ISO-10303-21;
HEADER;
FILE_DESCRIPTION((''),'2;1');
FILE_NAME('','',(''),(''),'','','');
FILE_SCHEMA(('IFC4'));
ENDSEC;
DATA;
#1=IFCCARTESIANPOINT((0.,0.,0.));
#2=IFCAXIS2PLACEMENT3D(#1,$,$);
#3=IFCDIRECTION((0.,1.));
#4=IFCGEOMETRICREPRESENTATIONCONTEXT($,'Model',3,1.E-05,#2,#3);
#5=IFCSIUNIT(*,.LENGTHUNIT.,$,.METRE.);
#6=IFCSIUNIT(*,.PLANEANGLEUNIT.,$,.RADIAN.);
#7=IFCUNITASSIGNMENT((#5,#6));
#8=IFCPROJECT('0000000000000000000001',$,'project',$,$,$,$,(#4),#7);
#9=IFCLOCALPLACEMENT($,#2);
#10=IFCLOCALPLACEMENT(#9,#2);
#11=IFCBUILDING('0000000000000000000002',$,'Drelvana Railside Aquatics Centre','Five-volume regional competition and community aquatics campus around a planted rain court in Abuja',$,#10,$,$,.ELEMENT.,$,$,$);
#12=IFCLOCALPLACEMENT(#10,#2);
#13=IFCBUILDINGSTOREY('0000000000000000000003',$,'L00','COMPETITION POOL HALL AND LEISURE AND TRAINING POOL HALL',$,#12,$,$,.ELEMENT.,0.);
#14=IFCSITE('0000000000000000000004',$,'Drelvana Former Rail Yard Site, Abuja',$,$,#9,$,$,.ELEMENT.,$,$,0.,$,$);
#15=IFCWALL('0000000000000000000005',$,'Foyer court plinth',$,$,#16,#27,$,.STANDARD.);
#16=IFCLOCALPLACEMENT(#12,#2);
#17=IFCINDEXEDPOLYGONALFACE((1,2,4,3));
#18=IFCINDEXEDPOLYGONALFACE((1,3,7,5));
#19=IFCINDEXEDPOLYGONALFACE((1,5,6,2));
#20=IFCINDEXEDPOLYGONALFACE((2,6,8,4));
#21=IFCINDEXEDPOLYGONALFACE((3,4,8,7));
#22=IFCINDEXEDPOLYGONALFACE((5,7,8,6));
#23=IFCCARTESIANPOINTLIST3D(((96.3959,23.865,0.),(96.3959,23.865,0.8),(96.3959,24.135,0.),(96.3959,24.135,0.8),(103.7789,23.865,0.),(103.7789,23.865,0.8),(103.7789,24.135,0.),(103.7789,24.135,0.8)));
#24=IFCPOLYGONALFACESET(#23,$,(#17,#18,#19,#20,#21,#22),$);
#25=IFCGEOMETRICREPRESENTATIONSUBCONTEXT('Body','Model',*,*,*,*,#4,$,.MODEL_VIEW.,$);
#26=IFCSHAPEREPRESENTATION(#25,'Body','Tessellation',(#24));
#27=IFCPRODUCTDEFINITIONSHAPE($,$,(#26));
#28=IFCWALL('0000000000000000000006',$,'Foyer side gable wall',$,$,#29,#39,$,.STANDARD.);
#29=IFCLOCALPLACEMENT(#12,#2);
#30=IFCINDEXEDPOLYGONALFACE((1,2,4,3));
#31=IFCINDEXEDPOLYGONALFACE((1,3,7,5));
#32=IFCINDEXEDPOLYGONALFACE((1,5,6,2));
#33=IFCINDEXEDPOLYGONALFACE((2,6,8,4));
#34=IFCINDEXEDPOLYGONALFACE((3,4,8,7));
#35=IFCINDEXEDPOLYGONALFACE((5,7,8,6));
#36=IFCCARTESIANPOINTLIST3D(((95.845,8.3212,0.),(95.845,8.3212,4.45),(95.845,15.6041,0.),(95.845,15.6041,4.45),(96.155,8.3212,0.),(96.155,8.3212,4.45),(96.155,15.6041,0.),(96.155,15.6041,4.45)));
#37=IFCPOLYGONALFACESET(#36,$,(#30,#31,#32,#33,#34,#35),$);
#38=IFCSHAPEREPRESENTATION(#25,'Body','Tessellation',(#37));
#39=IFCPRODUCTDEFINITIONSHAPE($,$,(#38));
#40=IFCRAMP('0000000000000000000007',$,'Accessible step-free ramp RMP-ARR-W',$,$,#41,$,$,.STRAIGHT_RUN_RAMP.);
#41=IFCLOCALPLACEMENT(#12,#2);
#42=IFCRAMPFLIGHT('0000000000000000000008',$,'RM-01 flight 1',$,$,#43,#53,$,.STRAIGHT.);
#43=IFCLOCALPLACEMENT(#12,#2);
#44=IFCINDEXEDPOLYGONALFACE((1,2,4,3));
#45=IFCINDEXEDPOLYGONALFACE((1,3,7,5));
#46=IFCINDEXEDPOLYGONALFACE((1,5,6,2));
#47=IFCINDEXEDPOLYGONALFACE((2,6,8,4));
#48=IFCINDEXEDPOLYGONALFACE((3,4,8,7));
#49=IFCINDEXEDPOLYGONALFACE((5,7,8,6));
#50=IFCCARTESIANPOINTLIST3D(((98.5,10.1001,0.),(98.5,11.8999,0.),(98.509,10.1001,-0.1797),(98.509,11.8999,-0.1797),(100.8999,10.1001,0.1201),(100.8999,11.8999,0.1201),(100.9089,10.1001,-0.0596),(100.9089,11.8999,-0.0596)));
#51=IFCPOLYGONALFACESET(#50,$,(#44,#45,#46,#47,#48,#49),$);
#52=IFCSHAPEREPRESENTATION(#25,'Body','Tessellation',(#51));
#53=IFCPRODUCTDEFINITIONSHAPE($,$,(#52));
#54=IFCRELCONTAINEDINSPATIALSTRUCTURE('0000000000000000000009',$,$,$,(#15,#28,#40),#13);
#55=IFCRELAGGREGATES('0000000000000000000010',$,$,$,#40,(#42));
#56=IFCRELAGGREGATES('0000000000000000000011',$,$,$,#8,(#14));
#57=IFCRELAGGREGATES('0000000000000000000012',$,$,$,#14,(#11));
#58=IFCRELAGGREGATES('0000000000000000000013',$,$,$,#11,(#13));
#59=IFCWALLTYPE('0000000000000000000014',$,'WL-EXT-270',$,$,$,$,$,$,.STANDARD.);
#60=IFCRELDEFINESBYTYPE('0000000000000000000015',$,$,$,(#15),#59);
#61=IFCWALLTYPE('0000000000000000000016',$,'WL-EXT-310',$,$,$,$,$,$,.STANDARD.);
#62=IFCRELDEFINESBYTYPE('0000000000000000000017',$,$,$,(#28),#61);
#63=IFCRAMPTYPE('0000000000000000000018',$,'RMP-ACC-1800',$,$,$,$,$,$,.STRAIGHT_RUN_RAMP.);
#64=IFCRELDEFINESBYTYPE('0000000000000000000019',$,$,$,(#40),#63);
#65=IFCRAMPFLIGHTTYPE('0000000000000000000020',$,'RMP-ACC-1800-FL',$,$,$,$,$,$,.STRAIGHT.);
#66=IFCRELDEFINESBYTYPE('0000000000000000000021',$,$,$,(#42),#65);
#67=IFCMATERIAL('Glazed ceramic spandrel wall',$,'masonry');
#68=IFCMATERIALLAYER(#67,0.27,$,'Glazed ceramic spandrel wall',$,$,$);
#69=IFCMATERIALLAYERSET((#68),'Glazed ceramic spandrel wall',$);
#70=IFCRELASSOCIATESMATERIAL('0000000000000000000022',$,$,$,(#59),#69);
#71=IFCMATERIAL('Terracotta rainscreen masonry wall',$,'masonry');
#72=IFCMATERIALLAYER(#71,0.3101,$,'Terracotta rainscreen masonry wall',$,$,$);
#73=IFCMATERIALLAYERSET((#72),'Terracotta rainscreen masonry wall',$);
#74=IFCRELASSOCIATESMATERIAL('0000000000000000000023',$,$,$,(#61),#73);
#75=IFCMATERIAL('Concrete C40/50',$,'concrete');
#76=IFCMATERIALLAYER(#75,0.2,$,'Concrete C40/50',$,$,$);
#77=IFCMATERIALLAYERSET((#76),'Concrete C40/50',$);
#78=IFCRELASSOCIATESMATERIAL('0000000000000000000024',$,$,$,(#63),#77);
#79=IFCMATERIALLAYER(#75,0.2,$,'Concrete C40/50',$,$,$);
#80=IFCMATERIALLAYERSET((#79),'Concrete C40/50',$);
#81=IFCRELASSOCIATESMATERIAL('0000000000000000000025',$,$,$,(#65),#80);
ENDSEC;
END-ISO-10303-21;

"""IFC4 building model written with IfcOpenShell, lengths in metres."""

from ifc_helpers import new_model, si_unit, direction, frame, frame_2d, origin, place, context, subcontext, project, spatial, polyline, rectangle, outline, extrude, material, layer, layer_set, type_object, element, aggregate, save


model = new_model("IFC4")

# Units and contexts
model_context = context("Model", 3, precision=1e-05, world=origin(), true_north=direction((0.0, 1.0)))
body_context = subcontext(model_context, "Body", "Model", "MODEL_VIEW")
ifc_project = project(units=[si_unit("LENGTHUNIT", "METRE"), si_unit("PLANEANGLEUNIT", "RADIAN")], contexts=[model_context])

# Site, building, storey
site_placement = place(None, origin())
site = spatial("IfcSite", under=ifc_project, at=site_placement, Name="Drelvana Former Rail Yard Site, Abuja", CompositionType="ELEMENT", RefElevation=0.0)
building_placement = place(site_placement, origin())
building = spatial("IfcBuilding", under=site, at=building_placement, Name="Drelvana Railside Aquatics Centre", Description="Five-volume regional competition and community aquatics campus around a planted rain court in Abuja", CompositionType="ELEMENT")
storey_placement = place(building_placement, origin())
storey = spatial("IfcBuildingStorey", under=building, at=storey_placement, Name="L00", Description="COMPETITION POOL HALL AND LEISURE AND TRAINING POOL HALL", CompositionType="ELEMENT", Elevation=0.0)

# Shared definitions
ifc_material_1 = material(Name="Concrete C40/50", Category="concrete")

# Walls
ifc_material_2 = material(Name="Glazed ceramic spandrel wall", Category="masonry")
ifc_layer_1 = layer(ifc_material_2, 0.27, Name="Glazed ceramic spandrel wall")
ifc_layer_set_1 = layer_set([ifc_layer_1], Name="Glazed ceramic spandrel wall")
wall_type_1 = type_object("IfcWallType", Name="WL-EXT-270", PredefinedType="STANDARD", material=ifc_layer_set_1)
wall_1_placement = place(storey_placement, frame((96.396, 24.0, 0.0), z_axis=(0.0, 0.0, 1.0), x_axis=(1.0, 0.0, 0.0)))
element("IfcWall", 1, at=wall_1_placement, inside=storey, type_object=wall_type_1, Name="Foyer court plinth", PredefinedType="STANDARD", context=body_context, shape_type="SweptSolid", body=[
    extrude(rectangle(XDim=7.3831, YDim=0.27, at=frame_2d((3.6914, 0.0))), origin(), (0.0, 0.0, 1.0), 0.8),
])
ifc_material_3 = material(Name="Terracotta rainscreen masonry wall", Category="masonry")
ifc_layer_2 = layer(ifc_material_3, 0.3101, Name="Terracotta rainscreen masonry wall")
ifc_layer_set_2 = layer_set([ifc_layer_2], Name="Terracotta rainscreen masonry wall")
wall_type_2 = type_object("IfcWallType", Name="WL-EXT-310", PredefinedType="STANDARD", material=ifc_layer_set_2)
wall_2_placement = place(storey_placement, frame((96.0, 8.321, 0.0), z_axis=(0.0, 0.0, 1.0), x_axis=(0.0, 1.0, 0.0)))
element("IfcWall", 2, at=wall_2_placement, inside=storey, type_object=wall_type_2, Name="Foyer side gable wall", PredefinedType="STANDARD", context=body_context, shape_type="SweptSolid", body=[
    extrude(rectangle(XDim=7.283, YDim=0.3101, at=frame_2d((3.6416, 0.0))), origin(), (0.0, 0.0, 1.0), 4.45),
])

# Ramp, ramp flight
ifc_layer_3 = layer(ifc_material_1, 0.2, Name="Concrete C40/50")
ifc_layer_set_3 = layer_set([ifc_layer_3], Name="Concrete C40/50")
ramp_type = type_object("IfcRampType", Name="RMP-ACC-1800", PredefinedType="STRAIGHT_RUN_RAMP", material=ifc_layer_set_3)
ramp_placement = place(storey_placement, origin())
ramp = element("IfcRamp", 3, at=ramp_placement, inside=storey, type_object=ramp_type, Name="Accessible step-free ramp RMP-ARR-W", PredefinedType="STRAIGHT_RUN_RAMP")
ifc_layer_4 = layer(ifc_material_1, 0.2, Name="Concrete C40/50")
ifc_layer_set_4 = layer_set([ifc_layer_4], Name="Concrete C40/50")
ramp_flight_type = type_object("IfcRampFlightType", Name="RMP-ACC-1800-FL", PredefinedType="STRAIGHT", material=ifc_layer_set_4)
ramp_flight_placement = place(storey_placement, frame((98.5, 10.1001, 0.0), z_axis=(-0.049988, 0.0, 0.99875), x_axis=(0.99875, 0.0, 0.049988)))
ramp_flight = element("IfcRampFlight", 4, at=ramp_flight_placement, type_object=ramp_flight_type, Name="RM-01 flight 1", PredefinedType="STRAIGHT", context=body_context, shape_type="SweptSolid", body=[
    extrude(outline(polyline([(0.0, 0.0), (2.4029, 0.0), (2.4029, 1.7998), (0.0, 1.7998), (0.0, 0.0)])), origin(), (0.0, 0.0, -1.0), 0.1799),
])
aggregate(ramp, [ramp_flight])

save(model, "model.ifc")
